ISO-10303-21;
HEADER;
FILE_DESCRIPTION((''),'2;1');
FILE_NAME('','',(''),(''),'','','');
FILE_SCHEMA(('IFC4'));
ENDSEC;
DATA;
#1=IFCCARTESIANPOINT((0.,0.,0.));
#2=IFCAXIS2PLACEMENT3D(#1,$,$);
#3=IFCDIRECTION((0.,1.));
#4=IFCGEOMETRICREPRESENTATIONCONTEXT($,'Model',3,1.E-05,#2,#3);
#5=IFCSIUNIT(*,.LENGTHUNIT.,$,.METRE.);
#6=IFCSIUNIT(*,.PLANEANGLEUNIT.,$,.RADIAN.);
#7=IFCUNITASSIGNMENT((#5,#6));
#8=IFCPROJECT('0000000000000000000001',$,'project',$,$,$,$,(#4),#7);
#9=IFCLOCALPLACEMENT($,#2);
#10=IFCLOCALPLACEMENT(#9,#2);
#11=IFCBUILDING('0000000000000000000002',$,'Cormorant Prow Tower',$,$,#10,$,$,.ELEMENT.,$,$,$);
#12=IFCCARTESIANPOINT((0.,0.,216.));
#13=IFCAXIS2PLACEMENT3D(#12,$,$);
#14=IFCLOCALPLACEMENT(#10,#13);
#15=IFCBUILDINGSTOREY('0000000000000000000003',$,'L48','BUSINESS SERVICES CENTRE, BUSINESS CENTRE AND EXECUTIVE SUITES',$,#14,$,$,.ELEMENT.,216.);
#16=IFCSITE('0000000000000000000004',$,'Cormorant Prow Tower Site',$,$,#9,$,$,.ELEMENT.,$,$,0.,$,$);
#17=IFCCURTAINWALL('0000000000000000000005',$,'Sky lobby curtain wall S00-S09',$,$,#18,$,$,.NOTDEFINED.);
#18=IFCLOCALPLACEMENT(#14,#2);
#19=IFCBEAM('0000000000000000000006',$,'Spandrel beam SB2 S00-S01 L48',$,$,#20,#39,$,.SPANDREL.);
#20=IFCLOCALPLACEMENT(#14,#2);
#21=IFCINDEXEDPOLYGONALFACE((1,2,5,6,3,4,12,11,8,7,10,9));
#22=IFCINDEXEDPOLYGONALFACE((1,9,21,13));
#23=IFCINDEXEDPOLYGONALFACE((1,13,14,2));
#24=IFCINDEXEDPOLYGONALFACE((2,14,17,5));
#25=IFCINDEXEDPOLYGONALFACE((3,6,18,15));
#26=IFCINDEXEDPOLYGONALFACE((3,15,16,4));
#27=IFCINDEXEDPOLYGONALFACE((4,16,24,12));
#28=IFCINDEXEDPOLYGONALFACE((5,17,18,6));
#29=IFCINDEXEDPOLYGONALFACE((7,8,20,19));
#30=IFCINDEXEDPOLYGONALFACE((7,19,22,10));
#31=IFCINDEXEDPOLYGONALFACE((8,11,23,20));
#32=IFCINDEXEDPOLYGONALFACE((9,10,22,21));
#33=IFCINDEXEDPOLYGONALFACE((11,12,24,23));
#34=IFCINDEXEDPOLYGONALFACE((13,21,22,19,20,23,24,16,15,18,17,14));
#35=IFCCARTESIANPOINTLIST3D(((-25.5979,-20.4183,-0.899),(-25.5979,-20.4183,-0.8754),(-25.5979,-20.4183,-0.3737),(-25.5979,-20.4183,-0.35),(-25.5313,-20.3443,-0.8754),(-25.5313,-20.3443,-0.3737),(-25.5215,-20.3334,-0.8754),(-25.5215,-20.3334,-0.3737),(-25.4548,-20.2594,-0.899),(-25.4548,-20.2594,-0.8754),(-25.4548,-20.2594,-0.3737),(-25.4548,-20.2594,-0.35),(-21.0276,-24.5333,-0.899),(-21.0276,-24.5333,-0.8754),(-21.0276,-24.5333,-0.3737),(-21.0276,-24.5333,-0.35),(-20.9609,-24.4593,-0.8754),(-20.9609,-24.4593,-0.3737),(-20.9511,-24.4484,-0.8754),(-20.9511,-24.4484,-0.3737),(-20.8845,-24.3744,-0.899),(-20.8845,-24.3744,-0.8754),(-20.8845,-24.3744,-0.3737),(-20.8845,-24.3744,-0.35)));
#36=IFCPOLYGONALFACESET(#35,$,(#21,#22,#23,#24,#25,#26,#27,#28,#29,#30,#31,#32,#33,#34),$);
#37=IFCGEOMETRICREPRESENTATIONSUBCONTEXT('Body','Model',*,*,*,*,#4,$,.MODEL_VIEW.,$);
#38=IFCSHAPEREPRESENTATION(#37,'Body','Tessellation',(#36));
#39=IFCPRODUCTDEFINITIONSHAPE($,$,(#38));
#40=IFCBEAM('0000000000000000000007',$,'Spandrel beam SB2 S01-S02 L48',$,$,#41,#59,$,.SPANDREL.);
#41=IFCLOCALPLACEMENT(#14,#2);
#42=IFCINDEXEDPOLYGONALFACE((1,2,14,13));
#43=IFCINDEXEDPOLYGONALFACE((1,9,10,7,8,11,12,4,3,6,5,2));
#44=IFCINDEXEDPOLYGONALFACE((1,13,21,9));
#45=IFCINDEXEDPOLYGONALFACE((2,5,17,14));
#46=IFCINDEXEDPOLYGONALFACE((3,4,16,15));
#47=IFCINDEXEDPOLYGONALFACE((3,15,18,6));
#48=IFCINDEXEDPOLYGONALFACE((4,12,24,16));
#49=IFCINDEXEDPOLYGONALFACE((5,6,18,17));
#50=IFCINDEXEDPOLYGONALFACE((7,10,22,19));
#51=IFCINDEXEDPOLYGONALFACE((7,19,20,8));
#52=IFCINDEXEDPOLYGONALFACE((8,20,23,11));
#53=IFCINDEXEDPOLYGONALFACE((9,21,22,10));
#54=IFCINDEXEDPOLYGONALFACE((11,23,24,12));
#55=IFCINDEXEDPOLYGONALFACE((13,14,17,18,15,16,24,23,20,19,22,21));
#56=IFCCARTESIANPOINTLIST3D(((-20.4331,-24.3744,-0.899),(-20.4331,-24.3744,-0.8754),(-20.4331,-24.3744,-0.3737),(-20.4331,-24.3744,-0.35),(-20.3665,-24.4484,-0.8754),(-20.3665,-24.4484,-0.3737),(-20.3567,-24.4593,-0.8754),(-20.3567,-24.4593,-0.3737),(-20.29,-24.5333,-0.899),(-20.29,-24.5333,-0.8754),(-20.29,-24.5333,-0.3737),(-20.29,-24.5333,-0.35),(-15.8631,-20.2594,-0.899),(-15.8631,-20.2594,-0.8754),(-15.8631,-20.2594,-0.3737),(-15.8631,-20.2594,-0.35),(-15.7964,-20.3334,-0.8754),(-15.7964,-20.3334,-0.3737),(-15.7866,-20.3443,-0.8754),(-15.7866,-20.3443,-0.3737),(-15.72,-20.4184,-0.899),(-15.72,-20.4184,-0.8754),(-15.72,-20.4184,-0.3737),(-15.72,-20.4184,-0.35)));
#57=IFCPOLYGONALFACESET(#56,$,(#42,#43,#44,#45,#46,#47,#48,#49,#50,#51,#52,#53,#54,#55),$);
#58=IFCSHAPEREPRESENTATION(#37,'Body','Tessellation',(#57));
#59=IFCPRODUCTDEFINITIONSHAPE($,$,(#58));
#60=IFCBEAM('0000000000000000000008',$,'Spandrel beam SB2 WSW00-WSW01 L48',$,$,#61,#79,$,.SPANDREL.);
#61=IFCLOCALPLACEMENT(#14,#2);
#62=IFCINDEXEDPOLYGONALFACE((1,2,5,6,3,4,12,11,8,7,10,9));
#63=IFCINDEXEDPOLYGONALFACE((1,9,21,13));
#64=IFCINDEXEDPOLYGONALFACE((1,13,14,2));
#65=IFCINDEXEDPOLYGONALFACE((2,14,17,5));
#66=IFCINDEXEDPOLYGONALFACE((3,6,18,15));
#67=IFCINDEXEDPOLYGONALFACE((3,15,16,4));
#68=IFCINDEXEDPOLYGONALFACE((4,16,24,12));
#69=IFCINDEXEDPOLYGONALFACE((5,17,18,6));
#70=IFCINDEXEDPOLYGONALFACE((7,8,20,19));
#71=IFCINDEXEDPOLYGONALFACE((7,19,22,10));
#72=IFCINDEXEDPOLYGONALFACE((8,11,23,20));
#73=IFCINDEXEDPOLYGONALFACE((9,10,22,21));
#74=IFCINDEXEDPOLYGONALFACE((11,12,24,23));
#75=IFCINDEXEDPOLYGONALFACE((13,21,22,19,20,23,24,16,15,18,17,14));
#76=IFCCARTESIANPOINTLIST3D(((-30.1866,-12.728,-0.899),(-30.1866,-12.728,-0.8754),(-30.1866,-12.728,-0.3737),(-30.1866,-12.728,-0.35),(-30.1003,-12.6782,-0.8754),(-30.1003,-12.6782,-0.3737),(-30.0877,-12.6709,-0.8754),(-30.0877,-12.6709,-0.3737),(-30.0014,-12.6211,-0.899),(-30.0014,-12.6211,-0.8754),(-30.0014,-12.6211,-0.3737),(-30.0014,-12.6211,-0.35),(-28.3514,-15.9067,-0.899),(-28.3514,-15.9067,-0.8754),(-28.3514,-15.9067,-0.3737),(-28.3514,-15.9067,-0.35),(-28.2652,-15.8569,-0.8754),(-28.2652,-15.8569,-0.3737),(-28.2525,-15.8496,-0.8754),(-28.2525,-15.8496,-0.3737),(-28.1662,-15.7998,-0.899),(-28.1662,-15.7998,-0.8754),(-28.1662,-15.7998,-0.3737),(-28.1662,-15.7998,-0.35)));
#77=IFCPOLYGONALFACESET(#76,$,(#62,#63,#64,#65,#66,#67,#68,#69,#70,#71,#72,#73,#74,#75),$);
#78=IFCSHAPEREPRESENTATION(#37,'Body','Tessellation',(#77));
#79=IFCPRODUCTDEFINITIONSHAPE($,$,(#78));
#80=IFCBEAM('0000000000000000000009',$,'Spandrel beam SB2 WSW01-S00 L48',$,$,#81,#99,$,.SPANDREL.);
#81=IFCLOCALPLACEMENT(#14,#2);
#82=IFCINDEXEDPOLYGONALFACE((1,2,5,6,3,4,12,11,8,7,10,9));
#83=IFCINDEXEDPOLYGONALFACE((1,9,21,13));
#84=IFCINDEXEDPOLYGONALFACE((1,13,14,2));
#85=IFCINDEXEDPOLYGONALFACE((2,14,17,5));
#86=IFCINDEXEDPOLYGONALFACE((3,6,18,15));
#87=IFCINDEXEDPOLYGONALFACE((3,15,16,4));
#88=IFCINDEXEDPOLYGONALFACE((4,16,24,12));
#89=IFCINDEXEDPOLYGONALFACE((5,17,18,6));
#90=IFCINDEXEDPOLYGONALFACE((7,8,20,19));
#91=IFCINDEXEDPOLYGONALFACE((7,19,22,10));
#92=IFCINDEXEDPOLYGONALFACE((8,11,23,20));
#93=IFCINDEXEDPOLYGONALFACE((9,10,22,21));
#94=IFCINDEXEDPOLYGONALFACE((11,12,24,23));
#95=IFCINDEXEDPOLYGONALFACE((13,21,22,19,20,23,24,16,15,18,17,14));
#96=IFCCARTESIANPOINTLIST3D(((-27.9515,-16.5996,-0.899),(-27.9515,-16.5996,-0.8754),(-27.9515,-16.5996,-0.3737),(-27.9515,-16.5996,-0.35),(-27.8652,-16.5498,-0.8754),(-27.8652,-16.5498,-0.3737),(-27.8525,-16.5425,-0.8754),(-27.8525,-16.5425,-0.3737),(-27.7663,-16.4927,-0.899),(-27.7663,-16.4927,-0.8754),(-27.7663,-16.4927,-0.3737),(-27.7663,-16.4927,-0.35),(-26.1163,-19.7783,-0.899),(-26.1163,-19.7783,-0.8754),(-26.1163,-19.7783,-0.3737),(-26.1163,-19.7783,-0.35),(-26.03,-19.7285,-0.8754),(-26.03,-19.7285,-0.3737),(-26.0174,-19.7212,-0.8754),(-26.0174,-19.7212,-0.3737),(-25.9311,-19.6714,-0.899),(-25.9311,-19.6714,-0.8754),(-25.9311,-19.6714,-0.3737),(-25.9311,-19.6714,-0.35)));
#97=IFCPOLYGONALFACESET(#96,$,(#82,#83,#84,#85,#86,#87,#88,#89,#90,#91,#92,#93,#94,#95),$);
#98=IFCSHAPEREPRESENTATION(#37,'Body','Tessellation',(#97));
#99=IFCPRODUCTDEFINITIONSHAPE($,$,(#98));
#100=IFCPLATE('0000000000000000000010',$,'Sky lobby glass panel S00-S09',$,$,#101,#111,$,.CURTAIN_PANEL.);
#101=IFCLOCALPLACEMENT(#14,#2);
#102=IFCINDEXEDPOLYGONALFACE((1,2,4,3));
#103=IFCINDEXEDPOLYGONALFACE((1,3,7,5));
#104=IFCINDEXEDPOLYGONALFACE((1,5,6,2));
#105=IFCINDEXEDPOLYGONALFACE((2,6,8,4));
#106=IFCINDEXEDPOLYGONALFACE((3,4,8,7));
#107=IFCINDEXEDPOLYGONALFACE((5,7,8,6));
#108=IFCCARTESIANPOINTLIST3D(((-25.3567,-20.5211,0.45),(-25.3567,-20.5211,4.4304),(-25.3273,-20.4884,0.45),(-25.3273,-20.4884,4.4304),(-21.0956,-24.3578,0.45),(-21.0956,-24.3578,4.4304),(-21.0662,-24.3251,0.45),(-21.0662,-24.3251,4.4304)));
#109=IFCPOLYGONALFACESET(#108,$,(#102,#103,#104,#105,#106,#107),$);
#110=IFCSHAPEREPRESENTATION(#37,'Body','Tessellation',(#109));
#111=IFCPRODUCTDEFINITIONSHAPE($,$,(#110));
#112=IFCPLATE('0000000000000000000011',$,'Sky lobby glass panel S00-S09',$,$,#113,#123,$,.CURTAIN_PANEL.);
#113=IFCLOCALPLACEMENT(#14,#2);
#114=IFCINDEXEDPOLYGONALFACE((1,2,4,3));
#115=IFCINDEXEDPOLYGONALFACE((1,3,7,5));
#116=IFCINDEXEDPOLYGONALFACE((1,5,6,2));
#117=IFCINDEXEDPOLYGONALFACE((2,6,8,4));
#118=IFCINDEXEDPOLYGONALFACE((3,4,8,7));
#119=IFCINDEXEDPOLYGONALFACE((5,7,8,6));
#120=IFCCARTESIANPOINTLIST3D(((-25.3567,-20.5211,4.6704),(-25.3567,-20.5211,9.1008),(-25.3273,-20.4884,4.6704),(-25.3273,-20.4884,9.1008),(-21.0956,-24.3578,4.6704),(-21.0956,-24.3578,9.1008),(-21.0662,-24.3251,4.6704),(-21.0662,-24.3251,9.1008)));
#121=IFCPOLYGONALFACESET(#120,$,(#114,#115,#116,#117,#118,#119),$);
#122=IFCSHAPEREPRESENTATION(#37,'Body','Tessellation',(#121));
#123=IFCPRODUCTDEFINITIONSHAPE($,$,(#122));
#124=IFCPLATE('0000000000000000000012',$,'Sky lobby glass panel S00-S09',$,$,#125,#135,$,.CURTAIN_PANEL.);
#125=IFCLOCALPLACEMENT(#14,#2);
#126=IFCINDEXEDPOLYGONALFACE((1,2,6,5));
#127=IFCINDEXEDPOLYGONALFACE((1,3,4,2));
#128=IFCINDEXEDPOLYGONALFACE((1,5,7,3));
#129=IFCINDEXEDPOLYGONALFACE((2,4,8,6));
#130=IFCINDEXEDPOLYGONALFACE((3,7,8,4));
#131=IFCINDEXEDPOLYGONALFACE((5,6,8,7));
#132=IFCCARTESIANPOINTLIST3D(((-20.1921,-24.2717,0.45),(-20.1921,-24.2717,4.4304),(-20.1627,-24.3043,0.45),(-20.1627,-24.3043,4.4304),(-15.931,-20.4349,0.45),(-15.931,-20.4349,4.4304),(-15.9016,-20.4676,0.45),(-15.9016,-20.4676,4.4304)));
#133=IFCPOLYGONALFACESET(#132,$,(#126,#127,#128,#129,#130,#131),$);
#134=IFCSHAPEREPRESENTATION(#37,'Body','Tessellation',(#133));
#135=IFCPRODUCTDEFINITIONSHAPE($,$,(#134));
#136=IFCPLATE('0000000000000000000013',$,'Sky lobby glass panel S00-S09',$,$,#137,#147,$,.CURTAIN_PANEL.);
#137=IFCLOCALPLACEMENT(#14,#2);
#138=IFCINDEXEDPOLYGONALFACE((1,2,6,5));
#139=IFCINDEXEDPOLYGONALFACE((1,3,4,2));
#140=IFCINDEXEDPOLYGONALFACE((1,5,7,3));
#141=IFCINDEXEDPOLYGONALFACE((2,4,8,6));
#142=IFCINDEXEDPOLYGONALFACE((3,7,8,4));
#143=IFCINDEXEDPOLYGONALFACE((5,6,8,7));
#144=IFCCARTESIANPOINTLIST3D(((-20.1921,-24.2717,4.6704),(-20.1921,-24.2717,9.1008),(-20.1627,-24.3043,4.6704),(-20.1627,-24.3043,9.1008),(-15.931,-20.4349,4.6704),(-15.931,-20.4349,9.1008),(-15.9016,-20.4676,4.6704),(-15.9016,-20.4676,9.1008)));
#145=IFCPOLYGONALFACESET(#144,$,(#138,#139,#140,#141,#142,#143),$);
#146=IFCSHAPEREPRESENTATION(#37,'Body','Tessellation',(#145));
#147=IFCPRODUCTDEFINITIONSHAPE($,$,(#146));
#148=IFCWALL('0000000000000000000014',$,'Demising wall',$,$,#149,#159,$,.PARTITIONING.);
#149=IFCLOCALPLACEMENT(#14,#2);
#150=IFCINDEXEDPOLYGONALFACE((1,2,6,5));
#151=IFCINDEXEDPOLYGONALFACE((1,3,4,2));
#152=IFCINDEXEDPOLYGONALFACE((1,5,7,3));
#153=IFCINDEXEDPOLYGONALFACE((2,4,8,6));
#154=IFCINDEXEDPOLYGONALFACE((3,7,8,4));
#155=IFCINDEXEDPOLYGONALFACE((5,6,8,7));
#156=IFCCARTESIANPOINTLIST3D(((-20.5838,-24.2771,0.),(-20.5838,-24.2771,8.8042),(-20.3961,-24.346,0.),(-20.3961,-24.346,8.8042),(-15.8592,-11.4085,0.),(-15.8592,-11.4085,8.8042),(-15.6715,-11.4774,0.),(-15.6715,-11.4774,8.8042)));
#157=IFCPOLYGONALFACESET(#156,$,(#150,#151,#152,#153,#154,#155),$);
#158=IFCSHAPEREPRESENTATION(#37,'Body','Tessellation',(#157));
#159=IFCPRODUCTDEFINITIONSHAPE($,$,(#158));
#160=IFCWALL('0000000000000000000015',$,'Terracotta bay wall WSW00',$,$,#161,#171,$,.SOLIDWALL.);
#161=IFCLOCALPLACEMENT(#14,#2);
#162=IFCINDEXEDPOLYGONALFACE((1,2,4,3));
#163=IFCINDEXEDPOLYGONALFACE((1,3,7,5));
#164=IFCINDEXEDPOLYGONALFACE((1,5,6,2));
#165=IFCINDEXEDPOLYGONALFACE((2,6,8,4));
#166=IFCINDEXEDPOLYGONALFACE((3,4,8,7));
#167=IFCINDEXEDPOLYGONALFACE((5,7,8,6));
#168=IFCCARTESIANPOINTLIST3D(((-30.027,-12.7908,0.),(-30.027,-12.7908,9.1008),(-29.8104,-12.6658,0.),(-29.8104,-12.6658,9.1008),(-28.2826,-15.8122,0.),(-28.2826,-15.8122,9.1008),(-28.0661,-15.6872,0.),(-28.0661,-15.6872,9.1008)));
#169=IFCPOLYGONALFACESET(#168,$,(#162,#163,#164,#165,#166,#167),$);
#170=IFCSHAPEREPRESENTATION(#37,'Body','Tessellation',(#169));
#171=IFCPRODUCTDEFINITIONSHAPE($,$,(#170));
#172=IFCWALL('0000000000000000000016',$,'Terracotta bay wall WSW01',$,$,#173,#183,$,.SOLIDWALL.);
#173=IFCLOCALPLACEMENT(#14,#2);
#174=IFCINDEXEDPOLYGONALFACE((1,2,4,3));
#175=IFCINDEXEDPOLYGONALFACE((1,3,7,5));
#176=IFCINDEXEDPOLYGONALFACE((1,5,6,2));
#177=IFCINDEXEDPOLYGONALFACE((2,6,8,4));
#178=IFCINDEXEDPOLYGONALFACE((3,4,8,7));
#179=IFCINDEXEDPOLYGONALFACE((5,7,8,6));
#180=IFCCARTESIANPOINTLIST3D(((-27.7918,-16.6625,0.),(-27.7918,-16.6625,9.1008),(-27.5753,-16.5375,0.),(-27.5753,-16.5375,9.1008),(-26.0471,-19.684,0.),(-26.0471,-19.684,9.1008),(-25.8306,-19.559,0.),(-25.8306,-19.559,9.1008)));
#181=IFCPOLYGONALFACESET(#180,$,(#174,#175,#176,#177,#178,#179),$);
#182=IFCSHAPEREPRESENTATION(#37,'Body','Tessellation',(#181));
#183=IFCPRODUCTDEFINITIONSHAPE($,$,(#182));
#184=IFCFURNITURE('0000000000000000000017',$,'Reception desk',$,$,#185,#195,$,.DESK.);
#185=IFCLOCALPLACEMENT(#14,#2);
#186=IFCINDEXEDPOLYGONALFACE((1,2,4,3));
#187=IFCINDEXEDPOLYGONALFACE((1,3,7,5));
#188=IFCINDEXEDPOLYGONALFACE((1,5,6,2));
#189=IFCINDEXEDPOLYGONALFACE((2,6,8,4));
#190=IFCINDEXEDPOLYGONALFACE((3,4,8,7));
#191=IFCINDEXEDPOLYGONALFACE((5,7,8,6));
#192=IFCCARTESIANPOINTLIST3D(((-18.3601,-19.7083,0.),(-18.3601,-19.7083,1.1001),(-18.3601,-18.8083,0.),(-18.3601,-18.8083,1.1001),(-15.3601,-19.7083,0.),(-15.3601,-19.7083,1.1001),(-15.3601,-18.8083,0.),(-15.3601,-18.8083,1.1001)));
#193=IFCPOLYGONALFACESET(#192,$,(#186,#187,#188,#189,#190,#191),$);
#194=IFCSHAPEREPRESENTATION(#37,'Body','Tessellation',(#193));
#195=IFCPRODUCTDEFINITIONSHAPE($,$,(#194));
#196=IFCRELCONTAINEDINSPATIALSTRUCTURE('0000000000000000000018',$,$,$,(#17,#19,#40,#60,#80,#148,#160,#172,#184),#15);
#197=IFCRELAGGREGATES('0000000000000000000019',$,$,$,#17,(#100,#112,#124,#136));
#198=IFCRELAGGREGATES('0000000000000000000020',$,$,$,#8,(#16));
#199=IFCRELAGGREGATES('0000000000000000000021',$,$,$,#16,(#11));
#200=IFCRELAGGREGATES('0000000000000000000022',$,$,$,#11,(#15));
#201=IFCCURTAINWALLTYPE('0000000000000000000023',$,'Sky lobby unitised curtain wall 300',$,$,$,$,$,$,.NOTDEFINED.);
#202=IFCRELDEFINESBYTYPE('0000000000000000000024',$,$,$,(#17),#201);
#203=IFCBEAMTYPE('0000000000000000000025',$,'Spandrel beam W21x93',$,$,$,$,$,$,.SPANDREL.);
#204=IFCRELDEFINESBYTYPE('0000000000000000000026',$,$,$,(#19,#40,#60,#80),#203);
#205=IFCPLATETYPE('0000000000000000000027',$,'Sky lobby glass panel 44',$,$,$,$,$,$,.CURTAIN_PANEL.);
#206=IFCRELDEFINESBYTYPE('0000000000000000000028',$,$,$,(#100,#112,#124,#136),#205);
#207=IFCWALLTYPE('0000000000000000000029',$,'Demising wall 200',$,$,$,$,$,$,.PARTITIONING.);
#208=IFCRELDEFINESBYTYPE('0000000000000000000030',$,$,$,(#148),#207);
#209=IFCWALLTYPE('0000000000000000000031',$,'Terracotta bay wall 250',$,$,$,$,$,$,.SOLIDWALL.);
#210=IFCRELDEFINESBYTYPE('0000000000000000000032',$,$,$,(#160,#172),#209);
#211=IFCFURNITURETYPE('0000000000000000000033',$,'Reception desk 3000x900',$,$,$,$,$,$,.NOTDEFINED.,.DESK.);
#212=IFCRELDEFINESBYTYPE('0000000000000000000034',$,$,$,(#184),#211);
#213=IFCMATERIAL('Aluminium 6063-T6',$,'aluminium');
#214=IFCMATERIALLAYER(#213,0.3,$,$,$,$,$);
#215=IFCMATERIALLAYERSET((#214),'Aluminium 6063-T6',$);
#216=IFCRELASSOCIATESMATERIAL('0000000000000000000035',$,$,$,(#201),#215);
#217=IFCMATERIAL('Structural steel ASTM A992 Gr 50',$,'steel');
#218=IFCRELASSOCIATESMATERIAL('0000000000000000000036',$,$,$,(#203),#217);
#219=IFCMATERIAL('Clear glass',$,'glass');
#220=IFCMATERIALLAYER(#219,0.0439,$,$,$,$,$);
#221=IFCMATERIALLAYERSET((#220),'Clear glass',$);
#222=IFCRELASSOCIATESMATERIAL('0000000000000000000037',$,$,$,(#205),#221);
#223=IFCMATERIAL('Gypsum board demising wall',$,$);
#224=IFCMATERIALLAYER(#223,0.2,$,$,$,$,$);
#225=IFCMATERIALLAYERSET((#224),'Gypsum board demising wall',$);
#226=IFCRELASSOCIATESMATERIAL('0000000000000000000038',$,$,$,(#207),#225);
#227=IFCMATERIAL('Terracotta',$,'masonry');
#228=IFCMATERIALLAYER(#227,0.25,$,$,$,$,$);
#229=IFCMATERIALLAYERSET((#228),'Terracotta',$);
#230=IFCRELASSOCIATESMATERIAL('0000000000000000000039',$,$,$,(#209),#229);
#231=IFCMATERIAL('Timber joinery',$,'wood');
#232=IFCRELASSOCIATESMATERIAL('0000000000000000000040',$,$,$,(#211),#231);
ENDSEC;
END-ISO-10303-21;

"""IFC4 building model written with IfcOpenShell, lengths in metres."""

from ifc_helpers import new_model, si_unit, direction, frame, frame_2d, origin, origin_2d, place, context, subcontext, project, spatial, rectangle, i_section, extrude, material, layer, layer_set, material_profile, profile_set, type_object, element, aggregate, save


model = new_model("IFC4")

# Units and contexts
model_context = context("Model", 3, precision=1e-05, world=origin(), true_north=direction((0.0, 1.0)))
body_context = subcontext(model_context, "Body", "Model", "MODEL_VIEW")
ifc_project = project(units=[si_unit("LENGTHUNIT", "METRE"), si_unit("PLANEANGLEUNIT", "RADIAN")], contexts=[model_context])

# Site, building, storey
site_placement = place(None, origin())
site = spatial("IfcSite", under=ifc_project, at=site_placement, Name="Cormorant Prow Tower Site", CompositionType="ELEMENT", RefElevation=0.0)
building_placement = place(site_placement, origin())
building = spatial("IfcBuilding", under=site, at=building_placement, Name="Cormorant Prow Tower", CompositionType="ELEMENT")
storey_placement = place(building_placement, frame((0.0, 0.0, 216.0)))
storey = spatial("IfcBuildingStorey", under=building, at=storey_placement, Name="L48", Description="BUSINESS SERVICES CENTRE, BUSINESS CENTRE AND EXECUTIVE SUITES", CompositionType="ELEMENT", Elevation=216.0)

# Curtain wall
ifc_material_1 = material(Name="Aluminium 6063-T6", Category="aluminium")
ifc_layer_1 = layer(ifc_material_1, 0.3)
ifc_layer_set_1 = layer_set([ifc_layer_1], Name="Aluminium 6063-T6")
curtain_wall_type = type_object("IfcCurtainWallType", Name="Sky lobby unitised curtain wall 300", PredefinedType="NOTDEFINED", material=ifc_layer_set_1)
curtain_wall_1_placement = place(storey_placement, origin())
curtain_wall_1 = element("IfcCurtainWall", 1, at=curtain_wall_1_placement, inside=storey, type_object=curtain_wall_type, Name="Sky lobby curtain wall S00-S09", PredefinedType="NOTDEFINED")

# Beams
ifc_material_2 = material(Name="Structural steel ASTM A992 Gr 50", Category="steel")
ifc_material_profile_1 = material_profile(ifc_material_2, i_section(OverallWidth=0.2139, OverallDepth=0.5491, WebThickness=0.0146, FlangeThickness=0.0237, at=origin_2d()), Name="W21x93")
ifc_profile_set_1 = profile_set([ifc_material_profile_1], Name="Structural steel ASTM A992 Gr 50")
beam_type = type_object("IfcBeamType", Name="Spandrel beam W21x93", PredefinedType="SPANDREL", material=ifc_profile_set_1)
beam_1_placement = place(storey_placement, frame((-25.5264, -20.3389, -0.6245), z_axis=(0.743156, -0.669118, 0.0), x_axis=(0.669118, 0.743156, 0.0)))
element("IfcBeam", 2, at=beam_1_placement, inside=storey, type_object=beam_type, Name="Spandrel beam SB2 S00-S01 L48", PredefinedType="SPANDREL", context=body_context, shape_type="SweptSolid", body=[
    extrude(i_section(OverallWidth=0.2139, OverallDepth=0.5491, WebThickness=0.0146, FlangeThickness=0.0237, at=origin_2d()), origin(), (0.0, 0.0, 1.0), 6.1499),
])
beam_2_placement = place(storey_placement, frame((-20.3616, -24.4539, -0.6245), z_axis=(0.743138, 0.669138, 0.0), x_axis=(-0.669138, 0.743138, 0.0)))
element("IfcBeam", 3, at=beam_2_placement, inside=storey, type_object=beam_type, Name="Spandrel beam SB2 S01-S02 L48", PredefinedType="SPANDREL", context=body_context, shape_type="SweptSolid", body=[
    extrude(i_section(OverallWidth=0.2139, OverallDepth=0.5491, WebThickness=0.0146, FlangeThickness=0.0237, at=origin_2d()), origin(), (0.0, 0.0, 1.0), 6.1497),
])
for number, where, z_axis, x_axis, name in (
    (4, (-30.094, -12.6746, -0.6245), (0.499995, -0.866028, 0.0), (0.866028, 0.499995, 0.0), "Spandrel beam SB2 WSW00-WSW01 L48"),
    (5, (-27.8589, -16.5461, -0.6245), (0.499995, -0.866028, 0.0), (0.866028, 0.499995, 0.0), "Spandrel beam SB2 WSW01-S00 L48"),
):
    element("IfcBeam", number, at=place(storey_placement, frame(where, z_axis=z_axis, x_axis=x_axis)), inside=storey, type_object=beam_type, Name=name, PredefinedType="SPANDREL", context=body_context, shape_type="SweptSolid", body=[
        extrude(i_section(OverallWidth=0.2139, OverallDepth=0.5491, WebThickness=0.0146, FlangeThickness=0.0237, at=origin_2d()), origin(), (0.0, 0.0, 1.0), 3.6704),
    ])

# Plates
ifc_material_3 = material(Name="Clear glass", Category="glass")
ifc_layer_2 = layer(ifc_material_3, 0.0439)
ifc_layer_set_2 = layer_set([ifc_layer_2], Name="Clear glass")
plate_type = type_object("IfcPlateType", Name="Sky lobby glass panel 44", PredefinedType="CURTAIN_PANEL", material=ifc_layer_set_2)
plate_1_placement = place(storey_placement, frame((-23.2114, -22.4231, 0.45), z_axis=(0.0, 0.0, 1.0), x_axis=(0.743145, -0.669131, 0.0)))
plate_1 = element("IfcPlate", 6, at=plate_1_placement, type_object=plate_type, Name="Sky lobby glass panel S00-S09", PredefinedType="CURTAIN_PANEL", context=body_context, shape_type="SweptSolid", body=[
    extrude(rectangle(XDim=5.7339, YDim=0.0439, at=origin_2d()), origin(), (0.0, 0.0, 1.0), 3.9805),
])
plate_2_placement = place(storey_placement, frame((-23.2114, -22.4231, 4.6704), z_axis=(0.0, 0.0, 1.0), x_axis=(0.743145, -0.669131, 0.0)))
plate_2 = element("IfcPlate", 7, at=plate_2_placement, type_object=plate_type, Name="Sky lobby glass panel S00-S09", PredefinedType="CURTAIN_PANEL", context=body_context, shape_type="SweptSolid", body=[
    extrude(rectangle(XDim=5.7339, YDim=0.0439, at=origin_2d()), origin(), (0.0, 0.0, 1.0), 4.4304),
])
plate_3_placement = place(storey_placement, frame((-18.0469, -22.3696, 0.45), z_axis=(0.0, 0.0, 1.0), x_axis=(0.743145, 0.669131, 0.0)))
plate_3 = element("IfcPlate", 8, at=plate_3_placement, type_object=plate_type, Name="Sky lobby glass panel S00-S09", PredefinedType="CURTAIN_PANEL", context=body_context, shape_type="SweptSolid", body=[
    extrude(rectangle(XDim=5.7339, YDim=0.0439, at=origin_2d()), origin(), (0.0, 0.0, 1.0), 3.9805),
])
plate_4_placement = place(storey_placement, frame((-18.0469, -22.3696, 4.6704), z_axis=(0.0, 0.0, 1.0), x_axis=(0.743145, 0.669131, 0.0)))
plate_4 = element("IfcPlate", 9, at=plate_4_placement, type_object=plate_type, Name="Sky lobby glass panel S00-S09", PredefinedType="CURTAIN_PANEL", context=body_context, shape_type="SweptSolid", body=[
    extrude(rectangle(XDim=5.7339, YDim=0.0439, at=origin_2d()), origin(), (0.0, 0.0, 1.0), 4.4304),
])
aggregate(curtain_wall_1, [plate_1, plate_2, plate_3, plate_4])

# Walls
ifc_material_4 = material(Name="Gypsum board demising wall")
ifc_layer_3 = layer(ifc_material_4, 0.2)
ifc_layer_set_3 = layer_set([ifc_layer_3], Name="Gypsum board demising wall")
wall_type_1 = type_object("IfcWallType", Name="Demising wall 200", PredefinedType="PARTITIONING", material=ifc_layer_set_3)
wall_1_placement = place(storey_placement, frame((-20.49, -24.3115, 0.0), z_axis=(0.0, 0.0, 1.0), x_axis=(0.344647, 0.938732, 0.0)))
element("IfcWall", 10, at=wall_1_placement, inside=storey, type_object=wall_type_1, Name="Demising wall", PredefinedType="PARTITIONING", context=body_context, shape_type="SweptSolid", body=[
    extrude(rectangle(XDim=13.7085, YDim=0.2, at=frame_2d((6.8542, 0.0))), origin(), (0.0, 0.0, 1.0), 8.8042),
])
ifc_material_5 = material(Name="Terracotta", Category="masonry")
ifc_layer_4 = layer(ifc_material_5, 0.25)
ifc_layer_set_4 = layer_set([ifc_layer_4], Name="Terracotta")
wall_type_2 = type_object("IfcWallType", Name="Terracotta bay wall 250", PredefinedType="SOLIDWALL", material=ifc_layer_set_4)
wall_2_placement = place(storey_placement, frame((-29.9187, -12.7283, 0.0), z_axis=(0.0, 0.0, 1.0), x_axis=(0.499985, -0.866034, 0.0)))
element("IfcWall", 11, at=wall_2_placement, inside=storey, type_object=wall_type_2, Name="Terracotta bay wall WSW00", PredefinedType="SOLIDWALL", context=body_context, shape_type="SweptSolid", body=[
    extrude(rectangle(XDim=3.4888, YDim=0.25, at=frame_2d((1.7444, 0.0))), origin(), (0.0, 0.0, 1.0), 9.1008),
])
wall_3_placement = place(storey_placement, frame((-27.6836, -16.5999, 0.0), z_axis=(0.0, 0.0, 1.0), x_axis=(0.500037, -0.866004, 0.0)))
element("IfcWall", 12, at=wall_3_placement, inside=storey, type_object=wall_type_2, Name="Terracotta bay wall WSW01", PredefinedType="SOLIDWALL", context=body_context, shape_type="SweptSolid", body=[
    extrude(rectangle(XDim=3.489, YDim=0.25, at=frame_2d((1.7446, 0.0))), origin(), (0.0, 0.0, 1.0), 9.1008),
])

# Furniture
ifc_material_6 = material(Name="Timber joinery", Category="wood")
furniture_type = type_object("IfcFurnitureType", Name="Reception desk 3000x900", AssemblyPlace="NOTDEFINED", PredefinedType="DESK", material=ifc_material_6)
furniture_placement = place(storey_placement, frame((-16.8601, -19.2583, 0.0), z_axis=(0.0, 0.0, 1.0), x_axis=(1.0, 0.0, 0.0)))
element("IfcFurniture", 13, at=furniture_placement, inside=storey, type_object=furniture_type, Name="Reception desk", PredefinedType="DESK", context=body_context, shape_type="SweptSolid", body=[
    extrude(rectangle(XDim=3.0, YDim=0.8999, at=origin_2d()), origin(), (0.0, 0.0, 1.0), 1.1001),
])

save(model, "model.ifc")
